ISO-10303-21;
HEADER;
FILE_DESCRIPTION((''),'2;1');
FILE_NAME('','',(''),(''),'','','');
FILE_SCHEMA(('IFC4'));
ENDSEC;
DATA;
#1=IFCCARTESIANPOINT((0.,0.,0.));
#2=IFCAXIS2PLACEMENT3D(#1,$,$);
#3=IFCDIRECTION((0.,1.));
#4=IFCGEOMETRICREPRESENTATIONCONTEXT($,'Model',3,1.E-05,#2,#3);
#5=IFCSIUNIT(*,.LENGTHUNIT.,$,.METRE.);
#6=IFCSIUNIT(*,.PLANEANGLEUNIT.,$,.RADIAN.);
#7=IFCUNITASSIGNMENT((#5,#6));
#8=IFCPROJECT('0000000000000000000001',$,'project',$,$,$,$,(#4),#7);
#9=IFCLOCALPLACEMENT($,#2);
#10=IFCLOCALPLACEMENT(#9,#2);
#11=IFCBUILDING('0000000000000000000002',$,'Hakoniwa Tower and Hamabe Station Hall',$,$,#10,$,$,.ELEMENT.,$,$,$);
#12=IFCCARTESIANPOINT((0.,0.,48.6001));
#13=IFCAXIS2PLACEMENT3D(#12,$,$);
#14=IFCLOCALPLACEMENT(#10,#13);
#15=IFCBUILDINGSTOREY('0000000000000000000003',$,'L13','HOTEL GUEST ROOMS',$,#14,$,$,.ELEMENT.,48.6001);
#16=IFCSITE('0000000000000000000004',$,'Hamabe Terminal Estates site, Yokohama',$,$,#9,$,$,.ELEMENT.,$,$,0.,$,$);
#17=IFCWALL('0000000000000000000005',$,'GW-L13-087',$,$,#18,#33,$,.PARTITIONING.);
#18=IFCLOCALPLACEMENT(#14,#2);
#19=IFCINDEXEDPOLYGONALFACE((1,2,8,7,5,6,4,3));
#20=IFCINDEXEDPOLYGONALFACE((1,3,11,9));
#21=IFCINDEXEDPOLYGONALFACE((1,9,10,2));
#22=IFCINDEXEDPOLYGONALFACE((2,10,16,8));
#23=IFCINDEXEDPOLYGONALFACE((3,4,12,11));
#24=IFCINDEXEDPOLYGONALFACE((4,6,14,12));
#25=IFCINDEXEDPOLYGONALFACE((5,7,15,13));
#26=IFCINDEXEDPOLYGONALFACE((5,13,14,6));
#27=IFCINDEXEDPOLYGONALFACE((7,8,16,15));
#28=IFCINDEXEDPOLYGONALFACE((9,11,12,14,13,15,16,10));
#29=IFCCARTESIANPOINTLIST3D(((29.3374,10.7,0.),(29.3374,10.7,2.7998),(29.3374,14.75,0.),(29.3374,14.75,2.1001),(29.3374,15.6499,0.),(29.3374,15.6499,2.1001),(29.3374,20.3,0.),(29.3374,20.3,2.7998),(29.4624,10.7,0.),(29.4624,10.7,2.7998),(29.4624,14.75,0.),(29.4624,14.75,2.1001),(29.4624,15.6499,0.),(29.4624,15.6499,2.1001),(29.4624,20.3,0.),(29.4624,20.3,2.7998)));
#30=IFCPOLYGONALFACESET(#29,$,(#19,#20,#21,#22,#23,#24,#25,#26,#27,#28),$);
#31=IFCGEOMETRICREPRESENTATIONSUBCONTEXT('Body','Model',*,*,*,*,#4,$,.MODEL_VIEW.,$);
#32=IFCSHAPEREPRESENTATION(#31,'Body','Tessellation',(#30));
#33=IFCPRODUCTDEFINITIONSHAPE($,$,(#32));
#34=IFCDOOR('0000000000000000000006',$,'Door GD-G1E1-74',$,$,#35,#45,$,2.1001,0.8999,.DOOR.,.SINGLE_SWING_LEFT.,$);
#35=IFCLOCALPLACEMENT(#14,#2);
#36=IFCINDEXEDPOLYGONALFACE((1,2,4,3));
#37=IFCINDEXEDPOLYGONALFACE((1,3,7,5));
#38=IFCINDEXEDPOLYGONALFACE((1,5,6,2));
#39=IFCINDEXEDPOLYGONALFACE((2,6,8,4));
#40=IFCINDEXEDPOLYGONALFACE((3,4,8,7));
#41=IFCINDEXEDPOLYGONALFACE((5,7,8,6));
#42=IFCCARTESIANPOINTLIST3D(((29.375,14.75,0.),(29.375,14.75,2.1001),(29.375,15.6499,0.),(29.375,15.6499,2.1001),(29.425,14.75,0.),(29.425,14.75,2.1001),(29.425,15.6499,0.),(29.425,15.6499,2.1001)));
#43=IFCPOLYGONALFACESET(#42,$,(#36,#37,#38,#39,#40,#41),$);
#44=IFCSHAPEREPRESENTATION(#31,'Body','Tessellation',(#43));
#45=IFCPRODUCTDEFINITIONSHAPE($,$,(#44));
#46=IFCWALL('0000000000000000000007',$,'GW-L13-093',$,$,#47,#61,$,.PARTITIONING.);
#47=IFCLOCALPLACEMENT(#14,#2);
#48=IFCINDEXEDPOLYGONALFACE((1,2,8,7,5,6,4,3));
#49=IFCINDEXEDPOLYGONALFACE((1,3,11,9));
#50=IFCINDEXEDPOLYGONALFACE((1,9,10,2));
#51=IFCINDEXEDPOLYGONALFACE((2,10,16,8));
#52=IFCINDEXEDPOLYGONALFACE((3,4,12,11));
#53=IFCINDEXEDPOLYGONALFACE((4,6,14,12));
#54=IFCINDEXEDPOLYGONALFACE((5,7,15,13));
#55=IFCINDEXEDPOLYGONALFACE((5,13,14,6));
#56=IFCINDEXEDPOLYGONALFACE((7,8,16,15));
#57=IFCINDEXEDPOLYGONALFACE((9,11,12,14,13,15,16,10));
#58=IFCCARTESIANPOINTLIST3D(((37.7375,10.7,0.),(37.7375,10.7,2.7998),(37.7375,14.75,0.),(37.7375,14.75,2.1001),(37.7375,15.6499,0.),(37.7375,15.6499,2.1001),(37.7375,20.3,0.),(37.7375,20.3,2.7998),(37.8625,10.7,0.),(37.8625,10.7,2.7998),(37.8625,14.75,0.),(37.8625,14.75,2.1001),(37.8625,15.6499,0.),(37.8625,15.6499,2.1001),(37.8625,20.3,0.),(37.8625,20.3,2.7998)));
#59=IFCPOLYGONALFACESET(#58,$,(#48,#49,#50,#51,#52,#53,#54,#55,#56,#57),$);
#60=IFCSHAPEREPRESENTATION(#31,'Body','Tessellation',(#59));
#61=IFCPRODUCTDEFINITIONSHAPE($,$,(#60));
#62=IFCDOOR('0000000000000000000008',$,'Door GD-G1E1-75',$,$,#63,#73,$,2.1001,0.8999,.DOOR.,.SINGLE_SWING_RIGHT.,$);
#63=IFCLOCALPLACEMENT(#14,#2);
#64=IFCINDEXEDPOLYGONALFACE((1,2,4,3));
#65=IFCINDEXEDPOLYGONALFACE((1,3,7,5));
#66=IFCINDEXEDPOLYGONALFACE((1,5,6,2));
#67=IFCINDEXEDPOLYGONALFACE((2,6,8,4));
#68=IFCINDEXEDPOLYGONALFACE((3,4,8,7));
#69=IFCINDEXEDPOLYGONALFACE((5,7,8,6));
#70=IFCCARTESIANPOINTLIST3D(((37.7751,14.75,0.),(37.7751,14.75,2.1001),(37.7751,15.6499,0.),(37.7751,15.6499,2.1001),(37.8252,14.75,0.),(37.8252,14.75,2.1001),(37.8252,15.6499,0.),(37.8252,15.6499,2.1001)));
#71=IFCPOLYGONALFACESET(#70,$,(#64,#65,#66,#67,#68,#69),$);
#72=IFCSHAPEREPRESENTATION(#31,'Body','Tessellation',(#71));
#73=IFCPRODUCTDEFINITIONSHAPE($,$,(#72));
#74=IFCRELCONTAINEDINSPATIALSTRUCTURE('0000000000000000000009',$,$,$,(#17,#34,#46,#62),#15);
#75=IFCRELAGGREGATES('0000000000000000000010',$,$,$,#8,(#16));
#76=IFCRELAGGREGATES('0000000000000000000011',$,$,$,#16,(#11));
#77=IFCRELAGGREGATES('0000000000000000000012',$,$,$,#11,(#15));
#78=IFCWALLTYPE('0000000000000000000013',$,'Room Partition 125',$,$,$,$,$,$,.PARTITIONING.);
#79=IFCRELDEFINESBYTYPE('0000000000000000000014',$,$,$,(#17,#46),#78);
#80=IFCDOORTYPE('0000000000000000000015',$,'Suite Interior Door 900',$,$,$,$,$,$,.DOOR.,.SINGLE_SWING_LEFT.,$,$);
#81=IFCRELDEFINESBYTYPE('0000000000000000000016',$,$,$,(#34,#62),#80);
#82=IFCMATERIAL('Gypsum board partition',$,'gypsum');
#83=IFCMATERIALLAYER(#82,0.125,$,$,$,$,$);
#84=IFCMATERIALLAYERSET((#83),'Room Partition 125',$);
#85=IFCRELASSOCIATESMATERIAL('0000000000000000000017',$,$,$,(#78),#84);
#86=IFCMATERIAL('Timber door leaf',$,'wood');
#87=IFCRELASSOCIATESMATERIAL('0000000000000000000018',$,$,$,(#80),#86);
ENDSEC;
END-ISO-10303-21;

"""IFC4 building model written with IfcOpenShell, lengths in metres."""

from ifc_helpers import new_model, si_unit, direction, frame, frame_2d, origin, place, context, subcontext, project, spatial, rectangle, extrude, material, layer, layer_set, type_object, element, fill, save


model = new_model("IFC4")

# Units and contexts
model_context = context("Model", 3, precision=1e-05, world=origin(), true_north=direction((0.0, 1.0)))
body_context = subcontext(model_context, "Body", "Model", "MODEL_VIEW")
ifc_project = project(units=[si_unit("LENGTHUNIT", "METRE"), si_unit("PLANEANGLEUNIT", "RADIAN")], contexts=[model_context])

# Site, building, storey
site_placement = place(None, origin())
site = spatial("IfcSite", under=ifc_project, at=site_placement, Name="Hamabe Terminal Estates site, Yokohama", CompositionType="ELEMENT", RefElevation=0.0)
building_placement = place(site_placement, origin())
building = spatial("IfcBuilding", under=site, at=building_placement, Name="Hakoniwa Tower and Hamabe Station Hall", CompositionType="ELEMENT")
storey_placement = place(building_placement, frame((0.0, 0.0, 48.6001)))
storey = spatial("IfcBuildingStorey", under=building, at=storey_placement, Name="L13", Description="HOTEL GUEST ROOMS", CompositionType="ELEMENT", Elevation=48.6001)

# Walls, openings, doors
ifc_material_1 = material(Name="Gypsum board partition", Category="gypsum")
ifc_layer_1 = layer(ifc_material_1, 0.125)
ifc_layer_set_1 = layer_set([ifc_layer_1], Name="Room Partition 125")
wall_type_1 = type_object("IfcWallType", Name="Room Partition 125", PredefinedType="PARTITIONING", material=ifc_layer_set_1)
wall_1_placement = place(storey_placement, frame((29.3999, 10.7, 0.0), z_axis=(0.0, 0.0, 1.0), x_axis=(0.0, 1.0, 0.0)))
wall_1 = element("IfcWall", 1, at=wall_1_placement, inside=storey, type_object=wall_type_1, Name="GW-L13-087", PredefinedType="PARTITIONING", context=body_context, shape_type="SweptSolid", body=[
    extrude(rectangle(XDim=9.6001, YDim=0.125, at=frame_2d((4.8, 0.0))), origin(), (0.0, 0.0, 1.0), 2.7998),
])
opening_1_placement = place(wall_1_placement, frame((4.05, 0.0, 0.0)))
opening_1 = element("IfcOpeningElement", 2, at=opening_1_placement, cuts=wall_1, PredefinedType="OPENING", context=body_context, shape_type="SweptSolid", body=[
    extrude(rectangle(XDim=0.8999, YDim=2.1001, at=frame_2d((0.45, 1.05))), frame((0.0, 0.0725, 0.0), z_axis=(0.0, -1.0, 0.0), x_axis=(1.0, 0.0, 0.0)), (0.0, 0.0, 1.0), 0.145),
])
ifc_material_2 = material(Name="Timber door leaf", Category="wood")
door_type_1 = type_object("IfcDoorType", Name="Suite Interior Door 900", OperationType="SINGLE_SWING_LEFT", PredefinedType="DOOR", material=ifc_material_2)
door_1_placement = place(opening_1_placement, origin())
door_1 = element("IfcDoor", 3, at=door_1_placement, inside=storey, type_object=door_type_1, Name="Door GD-G1E1-74", OperationType="SINGLE_SWING_LEFT", OverallHeight=2.1001, OverallWidth=0.8999, PredefinedType="DOOR", context=body_context, shape_type="SweptSolid", body=[
    extrude(rectangle(XDim=0.8999, YDim=2.1001, at=frame_2d((0.45, 1.05))), frame((0.0, 0.0249, 0.0), z_axis=(0.0, -1.0, 0.0), x_axis=(1.0, 0.0, 0.0)), (0.0, 0.0, 1.0), 0.05),
])
fill(opening_1, door_1)
wall_2_placement = place(storey_placement, frame((37.8, 10.7, 0.0), z_axis=(0.0, 0.0, 1.0), x_axis=(0.0, 1.0, 0.0)))
wall_2 = element("IfcWall", 4, at=wall_2_placement, inside=storey, type_object=wall_type_1, Name="GW-L13-093", PredefinedType="PARTITIONING", context=body_context, shape_type="SweptSolid", body=[
    extrude(rectangle(XDim=9.6001, YDim=0.125, at=frame_2d((4.8, 0.0))), origin(), (0.0, 0.0, 1.0), 2.7998),
])
opening_2_placement = place(wall_2_placement, frame((4.05, 0.0, 0.0)))
opening_2 = element("IfcOpeningElement", 5, at=opening_2_placement, cuts=wall_2, PredefinedType="OPENING", context=body_context, shape_type="SweptSolid", body=[
    extrude(rectangle(XDim=0.8999, YDim=2.1001, at=frame_2d((0.45, 1.05))), frame((0.0, 0.0725, 0.0), z_axis=(0.0, -1.0, 0.0), x_axis=(1.0, 0.0, 0.0)), (0.0, 0.0, 1.0), 0.145),
])
door_2_placement = place(opening_2_placement, origin())
door_2 = element("IfcDoor", 6, at=door_2_placement, inside=storey, type_object=door_type_1, Name="Door GD-G1E1-75", OperationType="SINGLE_SWING_RIGHT", OverallHeight=2.1001, OverallWidth=0.8999, PredefinedType="DOOR", context=body_context, shape_type="SweptSolid", body=[
    extrude(rectangle(XDim=0.8999, YDim=2.1001, at=frame_2d((0.45, 1.05))), frame((0.0, 0.0249, 0.0), z_axis=(0.0, -1.0, 0.0), x_axis=(1.0, 0.0, 0.0)), (0.0, 0.0, 1.0), 0.05),
])
fill(opening_2, door_2)

save(model, "model.ifc")
